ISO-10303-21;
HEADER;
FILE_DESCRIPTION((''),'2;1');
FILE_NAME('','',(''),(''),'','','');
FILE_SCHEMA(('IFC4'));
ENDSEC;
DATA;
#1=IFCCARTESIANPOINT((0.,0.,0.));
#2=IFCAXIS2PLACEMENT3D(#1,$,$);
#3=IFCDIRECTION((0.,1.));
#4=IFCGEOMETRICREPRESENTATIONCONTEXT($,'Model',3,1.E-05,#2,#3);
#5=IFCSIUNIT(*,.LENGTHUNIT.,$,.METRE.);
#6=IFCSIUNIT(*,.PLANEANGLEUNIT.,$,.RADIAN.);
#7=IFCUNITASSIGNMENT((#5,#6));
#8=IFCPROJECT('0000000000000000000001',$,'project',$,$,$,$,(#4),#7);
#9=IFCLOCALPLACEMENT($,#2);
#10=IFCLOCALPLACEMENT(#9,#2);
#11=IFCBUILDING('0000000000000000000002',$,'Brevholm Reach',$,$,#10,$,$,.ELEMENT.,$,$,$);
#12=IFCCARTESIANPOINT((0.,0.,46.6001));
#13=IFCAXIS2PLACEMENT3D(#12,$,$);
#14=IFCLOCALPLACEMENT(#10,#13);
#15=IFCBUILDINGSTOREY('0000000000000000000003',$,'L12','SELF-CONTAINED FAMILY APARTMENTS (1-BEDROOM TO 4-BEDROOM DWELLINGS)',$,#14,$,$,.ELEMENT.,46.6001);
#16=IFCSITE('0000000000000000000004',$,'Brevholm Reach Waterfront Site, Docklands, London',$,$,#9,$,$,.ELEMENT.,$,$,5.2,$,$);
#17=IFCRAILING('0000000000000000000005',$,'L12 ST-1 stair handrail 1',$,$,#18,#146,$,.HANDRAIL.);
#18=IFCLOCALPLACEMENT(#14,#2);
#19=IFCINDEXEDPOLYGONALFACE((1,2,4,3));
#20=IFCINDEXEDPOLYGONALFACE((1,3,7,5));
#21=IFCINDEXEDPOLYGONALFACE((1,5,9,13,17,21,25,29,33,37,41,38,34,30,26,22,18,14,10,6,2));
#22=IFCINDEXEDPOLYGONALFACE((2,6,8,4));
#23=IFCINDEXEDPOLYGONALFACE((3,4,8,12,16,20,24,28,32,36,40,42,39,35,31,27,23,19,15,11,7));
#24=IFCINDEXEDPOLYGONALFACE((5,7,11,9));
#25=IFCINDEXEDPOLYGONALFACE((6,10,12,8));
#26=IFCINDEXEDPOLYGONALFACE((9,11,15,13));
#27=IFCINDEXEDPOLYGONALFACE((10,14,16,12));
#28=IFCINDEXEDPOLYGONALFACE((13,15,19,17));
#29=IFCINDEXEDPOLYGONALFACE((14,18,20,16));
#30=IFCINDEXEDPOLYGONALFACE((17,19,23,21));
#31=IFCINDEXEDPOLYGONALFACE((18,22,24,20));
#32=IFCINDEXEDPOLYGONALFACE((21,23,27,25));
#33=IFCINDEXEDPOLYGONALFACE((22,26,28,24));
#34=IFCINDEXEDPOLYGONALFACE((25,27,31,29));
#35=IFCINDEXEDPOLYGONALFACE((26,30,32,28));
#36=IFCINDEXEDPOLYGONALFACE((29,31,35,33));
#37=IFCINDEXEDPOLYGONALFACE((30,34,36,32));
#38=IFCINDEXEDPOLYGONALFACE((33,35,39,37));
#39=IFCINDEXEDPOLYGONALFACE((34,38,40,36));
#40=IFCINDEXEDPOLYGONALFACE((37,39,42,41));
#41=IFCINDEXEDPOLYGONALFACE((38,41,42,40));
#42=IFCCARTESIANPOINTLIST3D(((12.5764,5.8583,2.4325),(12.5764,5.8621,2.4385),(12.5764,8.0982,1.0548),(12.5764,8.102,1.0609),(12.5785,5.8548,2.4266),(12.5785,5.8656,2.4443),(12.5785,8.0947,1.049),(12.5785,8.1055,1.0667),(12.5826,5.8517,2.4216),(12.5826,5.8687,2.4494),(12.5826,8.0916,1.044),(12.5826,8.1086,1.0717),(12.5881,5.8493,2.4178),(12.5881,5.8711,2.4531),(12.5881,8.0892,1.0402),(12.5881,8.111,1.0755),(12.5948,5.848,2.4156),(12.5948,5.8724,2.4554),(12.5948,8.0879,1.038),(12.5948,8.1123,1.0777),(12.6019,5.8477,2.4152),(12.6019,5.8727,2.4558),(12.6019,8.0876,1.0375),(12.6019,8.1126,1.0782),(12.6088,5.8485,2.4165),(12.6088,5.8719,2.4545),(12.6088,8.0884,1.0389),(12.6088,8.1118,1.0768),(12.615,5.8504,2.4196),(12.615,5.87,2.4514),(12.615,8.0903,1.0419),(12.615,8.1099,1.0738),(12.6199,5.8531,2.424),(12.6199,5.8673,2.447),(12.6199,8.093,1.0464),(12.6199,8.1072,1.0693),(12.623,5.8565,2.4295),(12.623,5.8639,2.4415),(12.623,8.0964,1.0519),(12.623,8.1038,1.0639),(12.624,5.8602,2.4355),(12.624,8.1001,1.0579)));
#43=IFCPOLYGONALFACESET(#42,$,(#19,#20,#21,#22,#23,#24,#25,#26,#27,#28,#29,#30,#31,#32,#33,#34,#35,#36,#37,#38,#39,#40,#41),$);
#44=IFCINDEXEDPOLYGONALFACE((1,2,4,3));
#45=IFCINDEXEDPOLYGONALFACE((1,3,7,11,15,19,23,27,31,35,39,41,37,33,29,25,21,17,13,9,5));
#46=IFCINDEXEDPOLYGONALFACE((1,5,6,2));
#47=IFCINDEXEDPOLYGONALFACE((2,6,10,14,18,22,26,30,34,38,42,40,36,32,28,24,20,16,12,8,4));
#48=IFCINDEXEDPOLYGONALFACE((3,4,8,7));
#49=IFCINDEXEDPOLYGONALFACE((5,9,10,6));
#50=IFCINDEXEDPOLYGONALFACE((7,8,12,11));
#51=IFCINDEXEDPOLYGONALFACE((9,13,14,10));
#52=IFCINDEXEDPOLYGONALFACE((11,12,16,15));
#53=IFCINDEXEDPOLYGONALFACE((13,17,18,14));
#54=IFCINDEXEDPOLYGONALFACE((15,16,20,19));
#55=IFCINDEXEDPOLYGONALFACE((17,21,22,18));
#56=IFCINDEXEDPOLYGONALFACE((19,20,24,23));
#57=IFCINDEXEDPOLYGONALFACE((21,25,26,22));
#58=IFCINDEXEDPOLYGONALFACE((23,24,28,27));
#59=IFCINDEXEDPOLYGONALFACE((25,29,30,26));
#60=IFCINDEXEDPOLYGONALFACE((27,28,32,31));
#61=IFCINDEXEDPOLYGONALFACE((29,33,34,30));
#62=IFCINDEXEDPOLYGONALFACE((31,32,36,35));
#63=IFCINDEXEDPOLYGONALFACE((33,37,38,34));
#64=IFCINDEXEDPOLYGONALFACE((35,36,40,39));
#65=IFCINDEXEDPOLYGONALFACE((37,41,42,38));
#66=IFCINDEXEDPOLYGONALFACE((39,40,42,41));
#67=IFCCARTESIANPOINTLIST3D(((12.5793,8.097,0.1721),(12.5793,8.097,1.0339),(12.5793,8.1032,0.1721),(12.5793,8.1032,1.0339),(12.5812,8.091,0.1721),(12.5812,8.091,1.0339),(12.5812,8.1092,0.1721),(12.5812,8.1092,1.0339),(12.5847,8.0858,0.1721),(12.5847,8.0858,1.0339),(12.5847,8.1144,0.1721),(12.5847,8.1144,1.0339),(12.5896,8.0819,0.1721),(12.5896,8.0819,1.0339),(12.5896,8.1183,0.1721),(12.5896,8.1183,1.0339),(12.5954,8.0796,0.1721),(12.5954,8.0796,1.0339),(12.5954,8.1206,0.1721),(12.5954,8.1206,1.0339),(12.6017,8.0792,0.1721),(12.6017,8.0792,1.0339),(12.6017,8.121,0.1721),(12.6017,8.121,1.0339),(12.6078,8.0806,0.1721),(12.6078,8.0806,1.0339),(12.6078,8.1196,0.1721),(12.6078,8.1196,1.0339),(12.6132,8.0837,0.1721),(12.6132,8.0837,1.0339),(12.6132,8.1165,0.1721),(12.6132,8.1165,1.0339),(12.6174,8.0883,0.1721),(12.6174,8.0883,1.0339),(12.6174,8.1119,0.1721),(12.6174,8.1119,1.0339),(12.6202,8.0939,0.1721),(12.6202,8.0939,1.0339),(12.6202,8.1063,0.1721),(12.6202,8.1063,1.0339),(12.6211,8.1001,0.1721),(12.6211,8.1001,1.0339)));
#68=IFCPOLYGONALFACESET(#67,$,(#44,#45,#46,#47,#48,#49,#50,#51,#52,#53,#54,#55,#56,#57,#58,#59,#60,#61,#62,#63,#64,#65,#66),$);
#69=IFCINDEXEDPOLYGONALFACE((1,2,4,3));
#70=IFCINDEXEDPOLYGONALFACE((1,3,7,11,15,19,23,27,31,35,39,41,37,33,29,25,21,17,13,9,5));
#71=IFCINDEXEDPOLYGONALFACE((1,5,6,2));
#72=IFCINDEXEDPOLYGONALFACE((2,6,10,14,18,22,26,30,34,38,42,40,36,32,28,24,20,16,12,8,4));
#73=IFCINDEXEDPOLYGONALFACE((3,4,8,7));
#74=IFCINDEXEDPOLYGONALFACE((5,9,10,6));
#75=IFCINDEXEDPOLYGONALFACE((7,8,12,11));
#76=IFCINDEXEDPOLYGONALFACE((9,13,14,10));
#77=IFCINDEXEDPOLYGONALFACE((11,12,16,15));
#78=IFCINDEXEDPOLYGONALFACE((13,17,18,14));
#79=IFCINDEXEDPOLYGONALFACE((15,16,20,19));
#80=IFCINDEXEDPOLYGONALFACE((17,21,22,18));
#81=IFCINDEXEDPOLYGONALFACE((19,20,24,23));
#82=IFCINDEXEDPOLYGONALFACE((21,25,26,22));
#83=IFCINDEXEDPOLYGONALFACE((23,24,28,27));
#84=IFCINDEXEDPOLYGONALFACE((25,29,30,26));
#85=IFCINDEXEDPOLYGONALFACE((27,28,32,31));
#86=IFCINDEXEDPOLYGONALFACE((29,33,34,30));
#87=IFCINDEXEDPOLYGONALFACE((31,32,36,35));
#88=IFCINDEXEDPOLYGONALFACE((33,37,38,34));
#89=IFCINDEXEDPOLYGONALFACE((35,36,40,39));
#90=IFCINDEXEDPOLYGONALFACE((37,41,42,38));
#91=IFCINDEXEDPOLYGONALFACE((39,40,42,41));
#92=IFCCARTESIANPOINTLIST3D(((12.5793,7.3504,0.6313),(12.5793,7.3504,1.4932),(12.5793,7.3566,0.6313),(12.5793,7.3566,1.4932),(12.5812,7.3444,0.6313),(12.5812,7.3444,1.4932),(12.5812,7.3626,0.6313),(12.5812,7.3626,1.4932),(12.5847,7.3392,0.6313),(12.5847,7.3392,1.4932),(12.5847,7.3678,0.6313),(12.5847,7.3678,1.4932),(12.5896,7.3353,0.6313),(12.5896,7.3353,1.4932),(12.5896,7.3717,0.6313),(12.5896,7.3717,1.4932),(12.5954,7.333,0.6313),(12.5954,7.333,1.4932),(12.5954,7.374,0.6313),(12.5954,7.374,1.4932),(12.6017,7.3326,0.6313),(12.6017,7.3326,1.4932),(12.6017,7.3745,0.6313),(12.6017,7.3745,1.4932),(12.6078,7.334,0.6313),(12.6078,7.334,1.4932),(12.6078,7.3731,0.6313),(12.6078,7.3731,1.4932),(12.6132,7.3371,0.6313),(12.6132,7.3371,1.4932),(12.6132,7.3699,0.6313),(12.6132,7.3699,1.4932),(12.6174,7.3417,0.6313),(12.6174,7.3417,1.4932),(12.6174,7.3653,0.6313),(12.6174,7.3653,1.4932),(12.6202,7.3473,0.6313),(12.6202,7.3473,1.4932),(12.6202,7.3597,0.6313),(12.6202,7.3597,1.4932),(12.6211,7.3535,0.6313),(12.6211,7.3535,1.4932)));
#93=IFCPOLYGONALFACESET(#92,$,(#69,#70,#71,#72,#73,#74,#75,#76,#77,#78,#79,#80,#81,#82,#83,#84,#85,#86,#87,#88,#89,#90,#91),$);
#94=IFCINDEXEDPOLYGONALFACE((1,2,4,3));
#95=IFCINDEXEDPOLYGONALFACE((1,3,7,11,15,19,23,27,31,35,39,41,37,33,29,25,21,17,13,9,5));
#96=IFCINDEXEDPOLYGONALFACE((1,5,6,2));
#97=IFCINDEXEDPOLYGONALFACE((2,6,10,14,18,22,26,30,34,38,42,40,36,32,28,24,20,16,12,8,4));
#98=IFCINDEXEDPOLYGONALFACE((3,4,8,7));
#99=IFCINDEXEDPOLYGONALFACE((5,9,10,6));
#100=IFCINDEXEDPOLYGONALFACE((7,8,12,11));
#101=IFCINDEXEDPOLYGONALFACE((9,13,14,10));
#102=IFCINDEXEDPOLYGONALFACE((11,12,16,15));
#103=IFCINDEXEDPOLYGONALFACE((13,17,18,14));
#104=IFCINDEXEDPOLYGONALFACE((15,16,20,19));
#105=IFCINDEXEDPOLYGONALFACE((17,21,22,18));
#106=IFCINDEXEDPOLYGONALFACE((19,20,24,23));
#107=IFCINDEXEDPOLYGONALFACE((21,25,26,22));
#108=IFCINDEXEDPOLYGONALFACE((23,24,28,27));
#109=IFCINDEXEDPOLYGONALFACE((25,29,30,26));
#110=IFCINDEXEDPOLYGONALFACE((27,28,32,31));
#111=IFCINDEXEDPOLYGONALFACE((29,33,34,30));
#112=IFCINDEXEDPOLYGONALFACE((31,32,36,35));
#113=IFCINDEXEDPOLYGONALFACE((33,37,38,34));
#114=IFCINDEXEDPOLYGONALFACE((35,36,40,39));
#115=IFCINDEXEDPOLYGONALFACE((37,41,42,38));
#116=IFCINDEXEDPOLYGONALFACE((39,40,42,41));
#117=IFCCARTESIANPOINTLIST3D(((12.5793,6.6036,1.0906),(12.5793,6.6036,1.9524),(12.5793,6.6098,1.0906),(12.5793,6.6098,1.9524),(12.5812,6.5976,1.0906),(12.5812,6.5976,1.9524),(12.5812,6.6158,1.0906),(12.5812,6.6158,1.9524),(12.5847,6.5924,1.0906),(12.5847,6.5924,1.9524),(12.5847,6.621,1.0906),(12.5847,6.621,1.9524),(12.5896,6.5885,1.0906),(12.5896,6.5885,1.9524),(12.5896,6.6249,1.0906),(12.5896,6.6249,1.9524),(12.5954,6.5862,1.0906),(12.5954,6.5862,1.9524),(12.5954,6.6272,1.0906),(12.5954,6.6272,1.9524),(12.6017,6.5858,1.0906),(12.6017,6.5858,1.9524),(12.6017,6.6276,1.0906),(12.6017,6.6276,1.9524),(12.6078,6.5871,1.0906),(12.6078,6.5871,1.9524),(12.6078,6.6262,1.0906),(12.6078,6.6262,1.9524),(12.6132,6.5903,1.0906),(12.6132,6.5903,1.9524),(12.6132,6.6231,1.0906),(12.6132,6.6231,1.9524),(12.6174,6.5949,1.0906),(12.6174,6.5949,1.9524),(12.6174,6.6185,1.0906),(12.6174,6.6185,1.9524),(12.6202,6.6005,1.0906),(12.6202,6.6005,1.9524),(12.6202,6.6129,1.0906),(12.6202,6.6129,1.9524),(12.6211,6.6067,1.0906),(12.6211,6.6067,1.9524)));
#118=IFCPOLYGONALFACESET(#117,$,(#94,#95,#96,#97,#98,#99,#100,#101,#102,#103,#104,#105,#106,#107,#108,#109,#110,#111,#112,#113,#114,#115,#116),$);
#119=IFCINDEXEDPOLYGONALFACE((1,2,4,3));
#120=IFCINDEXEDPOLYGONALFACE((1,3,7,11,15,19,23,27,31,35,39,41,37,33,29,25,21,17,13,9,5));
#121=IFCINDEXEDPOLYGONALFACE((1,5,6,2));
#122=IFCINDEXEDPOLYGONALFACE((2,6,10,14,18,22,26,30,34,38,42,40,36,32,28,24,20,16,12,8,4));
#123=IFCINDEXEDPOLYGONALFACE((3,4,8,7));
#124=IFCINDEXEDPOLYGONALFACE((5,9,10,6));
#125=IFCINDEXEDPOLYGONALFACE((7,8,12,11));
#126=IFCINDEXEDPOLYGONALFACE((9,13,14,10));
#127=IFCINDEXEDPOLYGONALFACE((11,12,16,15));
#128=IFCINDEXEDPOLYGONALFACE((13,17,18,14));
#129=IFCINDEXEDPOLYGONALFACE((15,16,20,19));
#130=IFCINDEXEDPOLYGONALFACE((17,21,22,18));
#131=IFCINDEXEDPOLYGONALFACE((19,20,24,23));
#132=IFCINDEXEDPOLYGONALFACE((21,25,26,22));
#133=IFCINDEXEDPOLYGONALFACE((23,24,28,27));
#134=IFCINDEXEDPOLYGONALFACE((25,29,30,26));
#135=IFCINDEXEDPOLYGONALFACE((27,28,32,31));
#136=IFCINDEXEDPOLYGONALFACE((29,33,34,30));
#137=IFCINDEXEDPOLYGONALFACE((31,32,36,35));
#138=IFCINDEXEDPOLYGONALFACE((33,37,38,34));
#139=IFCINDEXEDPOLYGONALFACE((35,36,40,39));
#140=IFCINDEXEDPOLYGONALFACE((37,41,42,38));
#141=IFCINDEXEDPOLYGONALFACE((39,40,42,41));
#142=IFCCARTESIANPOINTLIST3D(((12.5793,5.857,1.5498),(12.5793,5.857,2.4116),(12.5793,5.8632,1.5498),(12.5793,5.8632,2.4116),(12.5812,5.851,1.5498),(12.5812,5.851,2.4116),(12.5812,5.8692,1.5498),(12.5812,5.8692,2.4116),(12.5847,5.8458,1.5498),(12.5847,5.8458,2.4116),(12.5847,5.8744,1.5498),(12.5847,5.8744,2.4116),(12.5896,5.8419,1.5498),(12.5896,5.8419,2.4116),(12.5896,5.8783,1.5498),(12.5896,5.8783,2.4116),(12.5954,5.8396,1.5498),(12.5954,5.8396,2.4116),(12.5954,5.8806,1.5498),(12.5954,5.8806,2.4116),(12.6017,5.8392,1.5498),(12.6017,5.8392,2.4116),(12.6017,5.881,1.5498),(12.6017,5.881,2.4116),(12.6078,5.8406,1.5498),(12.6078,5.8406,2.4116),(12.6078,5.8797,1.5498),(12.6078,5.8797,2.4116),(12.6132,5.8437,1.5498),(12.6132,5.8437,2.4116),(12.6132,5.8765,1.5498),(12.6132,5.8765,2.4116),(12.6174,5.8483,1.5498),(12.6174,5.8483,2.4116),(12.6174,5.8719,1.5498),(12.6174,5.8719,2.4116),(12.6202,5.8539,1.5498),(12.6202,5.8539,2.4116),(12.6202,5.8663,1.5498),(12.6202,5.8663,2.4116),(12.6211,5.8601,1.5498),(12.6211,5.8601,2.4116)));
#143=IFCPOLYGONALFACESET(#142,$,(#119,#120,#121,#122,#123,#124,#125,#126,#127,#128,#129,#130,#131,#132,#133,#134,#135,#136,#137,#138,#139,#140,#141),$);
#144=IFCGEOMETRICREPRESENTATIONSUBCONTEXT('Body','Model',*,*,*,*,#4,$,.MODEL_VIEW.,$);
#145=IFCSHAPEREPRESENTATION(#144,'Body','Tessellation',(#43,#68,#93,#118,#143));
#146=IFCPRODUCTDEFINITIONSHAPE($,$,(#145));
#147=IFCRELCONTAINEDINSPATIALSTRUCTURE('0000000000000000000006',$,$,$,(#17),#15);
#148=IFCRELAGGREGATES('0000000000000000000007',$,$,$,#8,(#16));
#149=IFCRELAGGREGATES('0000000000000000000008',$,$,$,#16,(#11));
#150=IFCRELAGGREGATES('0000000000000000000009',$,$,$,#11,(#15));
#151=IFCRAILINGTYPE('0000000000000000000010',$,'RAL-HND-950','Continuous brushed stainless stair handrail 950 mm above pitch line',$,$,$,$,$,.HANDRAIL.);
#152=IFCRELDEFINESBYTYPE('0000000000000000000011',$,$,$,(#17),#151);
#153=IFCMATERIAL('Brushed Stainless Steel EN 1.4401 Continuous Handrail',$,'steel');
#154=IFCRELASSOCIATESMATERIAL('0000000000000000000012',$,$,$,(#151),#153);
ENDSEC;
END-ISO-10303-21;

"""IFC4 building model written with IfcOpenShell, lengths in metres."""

from ifc_helpers import new_model, si_unit, direction, frame, origin, origin_2d, place, context, subcontext, project, spatial, circle, extrude, material, type_object, element, save


model = new_model("IFC4")

# Units and contexts
model_context = context("Model", 3, precision=1e-05, world=origin(), true_north=direction((0.0, 1.0)))
body_context = subcontext(model_context, "Body", "Model", "MODEL_VIEW")
ifc_project = project(units=[si_unit("LENGTHUNIT", "METRE"), si_unit("PLANEANGLEUNIT", "RADIAN")], contexts=[model_context])

# Site, building, storey
site_placement = place(None, origin())
site = spatial("IfcSite", under=ifc_project, at=site_placement, Name="Brevholm Reach Waterfront Site, Docklands, London", CompositionType="ELEMENT", RefElevation=5.2)
building_placement = place(site_placement, origin())
building = spatial("IfcBuilding", under=site, at=building_placement, Name="Brevholm Reach", CompositionType="ELEMENT")
storey_placement = place(building_placement, frame((0.0, 0.0, 46.6001)))
storey = spatial("IfcBuildingStorey", under=building, at=storey_placement, Name="L12", Description="SELF-CONTAINED FAMILY APARTMENTS (1-BEDROOM TO 4-BEDROOM DWELLINGS)", CompositionType="ELEMENT", Elevation=46.6001)

# Railing
ifc_material_1 = material(Name="Brushed Stainless Steel EN 1.4401 Continuous Handrail", Category="steel")
railing_type_1 = type_object("IfcRailingType", Name="RAL-HND-950", Description="Continuous brushed stainless stair handrail 950 mm above pitch line", PredefinedType="HANDRAIL", material=ifc_material_1)
railing_1_placement = place(storey_placement, frame((12.6001, 8.1001, 0.1721)))
element("IfcRailing", 1, at=railing_1_placement, inside=storey, type_object=railing_type_1, Name="L12 ST-1 stair handrail 1", PredefinedType="HANDRAIL", context=body_context, shape_type="SweptSolid", body=[
    extrude(circle(Radius=0.0239, at=origin_2d()), frame((0.0, 0.0, 0.8857), z_axis=(0.0, -0.851789, 0.523885), x_axis=(1.0, 0.0, 0.0)), (0.0, 0.0, 1.0), 2.6296),
    extrude(circle(Radius=0.021, at=origin_2d()), origin(), (0.0, 0.0, 1.0), 0.8618),
    extrude(circle(Radius=0.021, at=origin_2d()), frame((0.0, -0.7466, 0.4592)), (0.0, 0.0, 1.0), 0.8618),
    extrude(circle(Radius=0.021, at=origin_2d()), frame((0.0, -1.4934, 0.9185)), (0.0, 0.0, 1.0), 0.8618),
    extrude(circle(Radius=0.021, at=origin_2d()), frame((0.0, -2.24, 1.3777)), (0.0, 0.0, 1.0), 0.8618),
])

save(model, "model.ifc")
